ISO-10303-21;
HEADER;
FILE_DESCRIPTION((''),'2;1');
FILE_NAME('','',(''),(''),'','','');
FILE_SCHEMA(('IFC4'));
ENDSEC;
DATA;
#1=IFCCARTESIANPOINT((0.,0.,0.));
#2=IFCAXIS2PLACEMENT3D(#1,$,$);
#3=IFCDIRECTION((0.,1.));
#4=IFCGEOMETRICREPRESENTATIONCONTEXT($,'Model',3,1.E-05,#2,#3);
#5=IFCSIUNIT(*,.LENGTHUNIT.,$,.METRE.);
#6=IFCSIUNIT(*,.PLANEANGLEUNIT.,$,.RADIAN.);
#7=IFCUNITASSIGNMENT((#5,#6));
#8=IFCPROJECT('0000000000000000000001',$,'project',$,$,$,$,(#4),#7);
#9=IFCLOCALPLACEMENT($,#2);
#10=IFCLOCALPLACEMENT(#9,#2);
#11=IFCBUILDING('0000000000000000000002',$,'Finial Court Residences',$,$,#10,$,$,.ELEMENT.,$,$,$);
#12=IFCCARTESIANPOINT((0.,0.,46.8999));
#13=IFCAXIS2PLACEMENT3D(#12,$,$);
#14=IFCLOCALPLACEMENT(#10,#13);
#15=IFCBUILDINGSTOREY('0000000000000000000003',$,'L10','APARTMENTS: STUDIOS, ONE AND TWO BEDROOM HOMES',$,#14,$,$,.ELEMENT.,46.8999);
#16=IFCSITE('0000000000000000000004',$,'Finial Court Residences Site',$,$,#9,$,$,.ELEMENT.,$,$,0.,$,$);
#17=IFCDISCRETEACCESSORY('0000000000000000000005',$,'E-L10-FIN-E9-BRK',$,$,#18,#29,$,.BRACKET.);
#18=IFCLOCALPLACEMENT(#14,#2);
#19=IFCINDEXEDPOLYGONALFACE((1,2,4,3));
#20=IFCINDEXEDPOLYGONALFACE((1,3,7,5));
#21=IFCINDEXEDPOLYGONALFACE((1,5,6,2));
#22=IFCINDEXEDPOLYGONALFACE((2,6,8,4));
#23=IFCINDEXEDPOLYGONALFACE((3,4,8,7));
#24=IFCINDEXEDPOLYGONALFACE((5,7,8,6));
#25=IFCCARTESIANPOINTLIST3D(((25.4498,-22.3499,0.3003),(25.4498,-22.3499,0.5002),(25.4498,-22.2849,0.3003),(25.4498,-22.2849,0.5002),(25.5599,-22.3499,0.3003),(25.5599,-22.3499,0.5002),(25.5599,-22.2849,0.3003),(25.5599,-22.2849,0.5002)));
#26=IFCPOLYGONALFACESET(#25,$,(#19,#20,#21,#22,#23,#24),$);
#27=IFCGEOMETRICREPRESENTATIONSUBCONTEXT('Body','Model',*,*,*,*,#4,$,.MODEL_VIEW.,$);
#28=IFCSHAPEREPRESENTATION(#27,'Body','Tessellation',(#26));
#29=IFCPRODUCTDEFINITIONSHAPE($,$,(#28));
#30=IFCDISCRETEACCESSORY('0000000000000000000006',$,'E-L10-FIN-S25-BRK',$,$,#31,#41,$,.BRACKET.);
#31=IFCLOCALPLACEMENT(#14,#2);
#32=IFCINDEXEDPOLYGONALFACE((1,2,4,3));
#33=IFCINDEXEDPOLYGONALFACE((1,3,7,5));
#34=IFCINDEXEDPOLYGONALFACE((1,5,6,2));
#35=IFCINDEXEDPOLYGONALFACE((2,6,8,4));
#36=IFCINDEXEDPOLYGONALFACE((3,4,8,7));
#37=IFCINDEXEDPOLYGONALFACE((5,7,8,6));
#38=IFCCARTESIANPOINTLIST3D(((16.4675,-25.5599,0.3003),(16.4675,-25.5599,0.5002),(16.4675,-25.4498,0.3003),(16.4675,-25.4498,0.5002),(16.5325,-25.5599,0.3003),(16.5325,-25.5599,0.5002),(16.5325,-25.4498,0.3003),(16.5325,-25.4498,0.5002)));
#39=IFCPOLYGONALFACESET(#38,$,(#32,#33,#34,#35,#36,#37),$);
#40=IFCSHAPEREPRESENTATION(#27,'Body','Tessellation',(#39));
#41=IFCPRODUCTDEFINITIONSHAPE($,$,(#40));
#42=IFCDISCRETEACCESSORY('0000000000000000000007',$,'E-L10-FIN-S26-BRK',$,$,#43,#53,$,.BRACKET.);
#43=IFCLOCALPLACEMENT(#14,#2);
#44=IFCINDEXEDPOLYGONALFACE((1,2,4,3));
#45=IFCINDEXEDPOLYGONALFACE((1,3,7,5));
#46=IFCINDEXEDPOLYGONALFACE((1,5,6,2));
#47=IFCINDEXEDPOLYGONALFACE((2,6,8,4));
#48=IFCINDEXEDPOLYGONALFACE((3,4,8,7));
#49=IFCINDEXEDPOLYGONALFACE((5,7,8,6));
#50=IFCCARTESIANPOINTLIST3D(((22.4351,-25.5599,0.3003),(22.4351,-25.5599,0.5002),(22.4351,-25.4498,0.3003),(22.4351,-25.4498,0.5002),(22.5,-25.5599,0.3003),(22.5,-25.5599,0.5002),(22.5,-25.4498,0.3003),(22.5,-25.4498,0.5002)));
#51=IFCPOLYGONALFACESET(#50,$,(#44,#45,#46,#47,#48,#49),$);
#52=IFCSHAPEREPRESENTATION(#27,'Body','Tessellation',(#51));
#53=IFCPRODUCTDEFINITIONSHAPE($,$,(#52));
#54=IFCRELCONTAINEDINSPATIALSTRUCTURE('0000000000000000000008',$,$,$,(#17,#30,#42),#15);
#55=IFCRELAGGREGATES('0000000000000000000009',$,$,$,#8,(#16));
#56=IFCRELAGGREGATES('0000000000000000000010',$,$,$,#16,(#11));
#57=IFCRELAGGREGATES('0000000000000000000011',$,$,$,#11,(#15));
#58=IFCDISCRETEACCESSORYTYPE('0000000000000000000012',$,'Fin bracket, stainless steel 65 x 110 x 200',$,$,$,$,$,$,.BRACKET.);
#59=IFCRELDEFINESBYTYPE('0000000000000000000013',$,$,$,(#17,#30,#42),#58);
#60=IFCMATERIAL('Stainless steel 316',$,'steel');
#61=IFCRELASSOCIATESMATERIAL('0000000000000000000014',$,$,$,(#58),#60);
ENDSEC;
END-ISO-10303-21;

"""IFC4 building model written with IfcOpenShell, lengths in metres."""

from ifc_helpers import new_model, si_unit, direction, frame, origin, origin_2d, place, context, subcontext, project, spatial, rectangle, extrude, material, type_object, element, save


model = new_model("IFC4")

# Units and contexts
model_context = context("Model", 3, precision=1e-05, world=origin(), true_north=direction((0.0, 1.0)))
body_context = subcontext(model_context, "Body", "Model", "MODEL_VIEW")
ifc_project = project(units=[si_unit("LENGTHUNIT", "METRE"), si_unit("PLANEANGLEUNIT", "RADIAN")], contexts=[model_context])

# Site, building, storey
site_placement = place(None, origin())
site = spatial("IfcSite", under=ifc_project, at=site_placement, Name="Finial Court Residences Site", CompositionType="ELEMENT", RefElevation=0.0)
building_placement = place(site_placement, origin())
building = spatial("IfcBuilding", under=site, at=building_placement, Name="Finial Court Residences", CompositionType="ELEMENT")
storey_placement = place(building_placement, frame((0.0, 0.0, 46.8999)))
storey = spatial("IfcBuildingStorey", under=building, at=storey_placement, Name="L10", Description="APARTMENTS: STUDIOS, ONE AND TWO BEDROOM HOMES", CompositionType="ELEMENT", Elevation=46.8999)

# Discrete accessories
ifc_material_1 = material(Name="Stainless steel 316", Category="steel")
discrete_accessory_type = type_object("IfcDiscreteAccessoryType", Name="Fin bracket, stainless steel 65 x 110 x 200", PredefinedType="BRACKET", material=ifc_material_1)
discrete_accessory_placement = place(storey_placement, frame((25.5049, -22.3174, 0.3003), z_axis=(0.0, 0.0, 1.0), x_axis=(1.0, 0.0, 0.0)))
element("IfcDiscreteAccessory", 1, at=discrete_accessory_placement, inside=storey, type_object=discrete_accessory_type, Name="E-L10-FIN-E9-BRK", PredefinedType="BRACKET", context=body_context, shape_type="SweptSolid", body=[
    extrude(rectangle(XDim=0.1101, YDim=0.0649, at=origin_2d()), origin(), (0.0, 0.0, 1.0), 0.2),
])
for number, where, z_axis, x_axis, name in (
    (2, (16.5, -25.5049, 0.3003), (0.0, 0.0, 1.0), (1.0, 0.0, 0.0), "E-L10-FIN-S25-BRK"),
    (3, (22.4675, -25.5049, 0.3003), (0.0, 0.0, 1.0), (1.0, 0.0, 0.0), "E-L10-FIN-S26-BRK"),
):
    element("IfcDiscreteAccessory", number, at=place(storey_placement, frame(where, z_axis=z_axis, x_axis=x_axis)), inside=storey, type_object=discrete_accessory_type, Name=name, PredefinedType="BRACKET", context=body_context, shape_type="SweptSolid", body=[
        extrude(rectangle(XDim=0.0649, YDim=0.1101, at=origin_2d()), origin(), (0.0, 0.0, 1.0), 0.2),
    ])

save(model, "model.ifc")
